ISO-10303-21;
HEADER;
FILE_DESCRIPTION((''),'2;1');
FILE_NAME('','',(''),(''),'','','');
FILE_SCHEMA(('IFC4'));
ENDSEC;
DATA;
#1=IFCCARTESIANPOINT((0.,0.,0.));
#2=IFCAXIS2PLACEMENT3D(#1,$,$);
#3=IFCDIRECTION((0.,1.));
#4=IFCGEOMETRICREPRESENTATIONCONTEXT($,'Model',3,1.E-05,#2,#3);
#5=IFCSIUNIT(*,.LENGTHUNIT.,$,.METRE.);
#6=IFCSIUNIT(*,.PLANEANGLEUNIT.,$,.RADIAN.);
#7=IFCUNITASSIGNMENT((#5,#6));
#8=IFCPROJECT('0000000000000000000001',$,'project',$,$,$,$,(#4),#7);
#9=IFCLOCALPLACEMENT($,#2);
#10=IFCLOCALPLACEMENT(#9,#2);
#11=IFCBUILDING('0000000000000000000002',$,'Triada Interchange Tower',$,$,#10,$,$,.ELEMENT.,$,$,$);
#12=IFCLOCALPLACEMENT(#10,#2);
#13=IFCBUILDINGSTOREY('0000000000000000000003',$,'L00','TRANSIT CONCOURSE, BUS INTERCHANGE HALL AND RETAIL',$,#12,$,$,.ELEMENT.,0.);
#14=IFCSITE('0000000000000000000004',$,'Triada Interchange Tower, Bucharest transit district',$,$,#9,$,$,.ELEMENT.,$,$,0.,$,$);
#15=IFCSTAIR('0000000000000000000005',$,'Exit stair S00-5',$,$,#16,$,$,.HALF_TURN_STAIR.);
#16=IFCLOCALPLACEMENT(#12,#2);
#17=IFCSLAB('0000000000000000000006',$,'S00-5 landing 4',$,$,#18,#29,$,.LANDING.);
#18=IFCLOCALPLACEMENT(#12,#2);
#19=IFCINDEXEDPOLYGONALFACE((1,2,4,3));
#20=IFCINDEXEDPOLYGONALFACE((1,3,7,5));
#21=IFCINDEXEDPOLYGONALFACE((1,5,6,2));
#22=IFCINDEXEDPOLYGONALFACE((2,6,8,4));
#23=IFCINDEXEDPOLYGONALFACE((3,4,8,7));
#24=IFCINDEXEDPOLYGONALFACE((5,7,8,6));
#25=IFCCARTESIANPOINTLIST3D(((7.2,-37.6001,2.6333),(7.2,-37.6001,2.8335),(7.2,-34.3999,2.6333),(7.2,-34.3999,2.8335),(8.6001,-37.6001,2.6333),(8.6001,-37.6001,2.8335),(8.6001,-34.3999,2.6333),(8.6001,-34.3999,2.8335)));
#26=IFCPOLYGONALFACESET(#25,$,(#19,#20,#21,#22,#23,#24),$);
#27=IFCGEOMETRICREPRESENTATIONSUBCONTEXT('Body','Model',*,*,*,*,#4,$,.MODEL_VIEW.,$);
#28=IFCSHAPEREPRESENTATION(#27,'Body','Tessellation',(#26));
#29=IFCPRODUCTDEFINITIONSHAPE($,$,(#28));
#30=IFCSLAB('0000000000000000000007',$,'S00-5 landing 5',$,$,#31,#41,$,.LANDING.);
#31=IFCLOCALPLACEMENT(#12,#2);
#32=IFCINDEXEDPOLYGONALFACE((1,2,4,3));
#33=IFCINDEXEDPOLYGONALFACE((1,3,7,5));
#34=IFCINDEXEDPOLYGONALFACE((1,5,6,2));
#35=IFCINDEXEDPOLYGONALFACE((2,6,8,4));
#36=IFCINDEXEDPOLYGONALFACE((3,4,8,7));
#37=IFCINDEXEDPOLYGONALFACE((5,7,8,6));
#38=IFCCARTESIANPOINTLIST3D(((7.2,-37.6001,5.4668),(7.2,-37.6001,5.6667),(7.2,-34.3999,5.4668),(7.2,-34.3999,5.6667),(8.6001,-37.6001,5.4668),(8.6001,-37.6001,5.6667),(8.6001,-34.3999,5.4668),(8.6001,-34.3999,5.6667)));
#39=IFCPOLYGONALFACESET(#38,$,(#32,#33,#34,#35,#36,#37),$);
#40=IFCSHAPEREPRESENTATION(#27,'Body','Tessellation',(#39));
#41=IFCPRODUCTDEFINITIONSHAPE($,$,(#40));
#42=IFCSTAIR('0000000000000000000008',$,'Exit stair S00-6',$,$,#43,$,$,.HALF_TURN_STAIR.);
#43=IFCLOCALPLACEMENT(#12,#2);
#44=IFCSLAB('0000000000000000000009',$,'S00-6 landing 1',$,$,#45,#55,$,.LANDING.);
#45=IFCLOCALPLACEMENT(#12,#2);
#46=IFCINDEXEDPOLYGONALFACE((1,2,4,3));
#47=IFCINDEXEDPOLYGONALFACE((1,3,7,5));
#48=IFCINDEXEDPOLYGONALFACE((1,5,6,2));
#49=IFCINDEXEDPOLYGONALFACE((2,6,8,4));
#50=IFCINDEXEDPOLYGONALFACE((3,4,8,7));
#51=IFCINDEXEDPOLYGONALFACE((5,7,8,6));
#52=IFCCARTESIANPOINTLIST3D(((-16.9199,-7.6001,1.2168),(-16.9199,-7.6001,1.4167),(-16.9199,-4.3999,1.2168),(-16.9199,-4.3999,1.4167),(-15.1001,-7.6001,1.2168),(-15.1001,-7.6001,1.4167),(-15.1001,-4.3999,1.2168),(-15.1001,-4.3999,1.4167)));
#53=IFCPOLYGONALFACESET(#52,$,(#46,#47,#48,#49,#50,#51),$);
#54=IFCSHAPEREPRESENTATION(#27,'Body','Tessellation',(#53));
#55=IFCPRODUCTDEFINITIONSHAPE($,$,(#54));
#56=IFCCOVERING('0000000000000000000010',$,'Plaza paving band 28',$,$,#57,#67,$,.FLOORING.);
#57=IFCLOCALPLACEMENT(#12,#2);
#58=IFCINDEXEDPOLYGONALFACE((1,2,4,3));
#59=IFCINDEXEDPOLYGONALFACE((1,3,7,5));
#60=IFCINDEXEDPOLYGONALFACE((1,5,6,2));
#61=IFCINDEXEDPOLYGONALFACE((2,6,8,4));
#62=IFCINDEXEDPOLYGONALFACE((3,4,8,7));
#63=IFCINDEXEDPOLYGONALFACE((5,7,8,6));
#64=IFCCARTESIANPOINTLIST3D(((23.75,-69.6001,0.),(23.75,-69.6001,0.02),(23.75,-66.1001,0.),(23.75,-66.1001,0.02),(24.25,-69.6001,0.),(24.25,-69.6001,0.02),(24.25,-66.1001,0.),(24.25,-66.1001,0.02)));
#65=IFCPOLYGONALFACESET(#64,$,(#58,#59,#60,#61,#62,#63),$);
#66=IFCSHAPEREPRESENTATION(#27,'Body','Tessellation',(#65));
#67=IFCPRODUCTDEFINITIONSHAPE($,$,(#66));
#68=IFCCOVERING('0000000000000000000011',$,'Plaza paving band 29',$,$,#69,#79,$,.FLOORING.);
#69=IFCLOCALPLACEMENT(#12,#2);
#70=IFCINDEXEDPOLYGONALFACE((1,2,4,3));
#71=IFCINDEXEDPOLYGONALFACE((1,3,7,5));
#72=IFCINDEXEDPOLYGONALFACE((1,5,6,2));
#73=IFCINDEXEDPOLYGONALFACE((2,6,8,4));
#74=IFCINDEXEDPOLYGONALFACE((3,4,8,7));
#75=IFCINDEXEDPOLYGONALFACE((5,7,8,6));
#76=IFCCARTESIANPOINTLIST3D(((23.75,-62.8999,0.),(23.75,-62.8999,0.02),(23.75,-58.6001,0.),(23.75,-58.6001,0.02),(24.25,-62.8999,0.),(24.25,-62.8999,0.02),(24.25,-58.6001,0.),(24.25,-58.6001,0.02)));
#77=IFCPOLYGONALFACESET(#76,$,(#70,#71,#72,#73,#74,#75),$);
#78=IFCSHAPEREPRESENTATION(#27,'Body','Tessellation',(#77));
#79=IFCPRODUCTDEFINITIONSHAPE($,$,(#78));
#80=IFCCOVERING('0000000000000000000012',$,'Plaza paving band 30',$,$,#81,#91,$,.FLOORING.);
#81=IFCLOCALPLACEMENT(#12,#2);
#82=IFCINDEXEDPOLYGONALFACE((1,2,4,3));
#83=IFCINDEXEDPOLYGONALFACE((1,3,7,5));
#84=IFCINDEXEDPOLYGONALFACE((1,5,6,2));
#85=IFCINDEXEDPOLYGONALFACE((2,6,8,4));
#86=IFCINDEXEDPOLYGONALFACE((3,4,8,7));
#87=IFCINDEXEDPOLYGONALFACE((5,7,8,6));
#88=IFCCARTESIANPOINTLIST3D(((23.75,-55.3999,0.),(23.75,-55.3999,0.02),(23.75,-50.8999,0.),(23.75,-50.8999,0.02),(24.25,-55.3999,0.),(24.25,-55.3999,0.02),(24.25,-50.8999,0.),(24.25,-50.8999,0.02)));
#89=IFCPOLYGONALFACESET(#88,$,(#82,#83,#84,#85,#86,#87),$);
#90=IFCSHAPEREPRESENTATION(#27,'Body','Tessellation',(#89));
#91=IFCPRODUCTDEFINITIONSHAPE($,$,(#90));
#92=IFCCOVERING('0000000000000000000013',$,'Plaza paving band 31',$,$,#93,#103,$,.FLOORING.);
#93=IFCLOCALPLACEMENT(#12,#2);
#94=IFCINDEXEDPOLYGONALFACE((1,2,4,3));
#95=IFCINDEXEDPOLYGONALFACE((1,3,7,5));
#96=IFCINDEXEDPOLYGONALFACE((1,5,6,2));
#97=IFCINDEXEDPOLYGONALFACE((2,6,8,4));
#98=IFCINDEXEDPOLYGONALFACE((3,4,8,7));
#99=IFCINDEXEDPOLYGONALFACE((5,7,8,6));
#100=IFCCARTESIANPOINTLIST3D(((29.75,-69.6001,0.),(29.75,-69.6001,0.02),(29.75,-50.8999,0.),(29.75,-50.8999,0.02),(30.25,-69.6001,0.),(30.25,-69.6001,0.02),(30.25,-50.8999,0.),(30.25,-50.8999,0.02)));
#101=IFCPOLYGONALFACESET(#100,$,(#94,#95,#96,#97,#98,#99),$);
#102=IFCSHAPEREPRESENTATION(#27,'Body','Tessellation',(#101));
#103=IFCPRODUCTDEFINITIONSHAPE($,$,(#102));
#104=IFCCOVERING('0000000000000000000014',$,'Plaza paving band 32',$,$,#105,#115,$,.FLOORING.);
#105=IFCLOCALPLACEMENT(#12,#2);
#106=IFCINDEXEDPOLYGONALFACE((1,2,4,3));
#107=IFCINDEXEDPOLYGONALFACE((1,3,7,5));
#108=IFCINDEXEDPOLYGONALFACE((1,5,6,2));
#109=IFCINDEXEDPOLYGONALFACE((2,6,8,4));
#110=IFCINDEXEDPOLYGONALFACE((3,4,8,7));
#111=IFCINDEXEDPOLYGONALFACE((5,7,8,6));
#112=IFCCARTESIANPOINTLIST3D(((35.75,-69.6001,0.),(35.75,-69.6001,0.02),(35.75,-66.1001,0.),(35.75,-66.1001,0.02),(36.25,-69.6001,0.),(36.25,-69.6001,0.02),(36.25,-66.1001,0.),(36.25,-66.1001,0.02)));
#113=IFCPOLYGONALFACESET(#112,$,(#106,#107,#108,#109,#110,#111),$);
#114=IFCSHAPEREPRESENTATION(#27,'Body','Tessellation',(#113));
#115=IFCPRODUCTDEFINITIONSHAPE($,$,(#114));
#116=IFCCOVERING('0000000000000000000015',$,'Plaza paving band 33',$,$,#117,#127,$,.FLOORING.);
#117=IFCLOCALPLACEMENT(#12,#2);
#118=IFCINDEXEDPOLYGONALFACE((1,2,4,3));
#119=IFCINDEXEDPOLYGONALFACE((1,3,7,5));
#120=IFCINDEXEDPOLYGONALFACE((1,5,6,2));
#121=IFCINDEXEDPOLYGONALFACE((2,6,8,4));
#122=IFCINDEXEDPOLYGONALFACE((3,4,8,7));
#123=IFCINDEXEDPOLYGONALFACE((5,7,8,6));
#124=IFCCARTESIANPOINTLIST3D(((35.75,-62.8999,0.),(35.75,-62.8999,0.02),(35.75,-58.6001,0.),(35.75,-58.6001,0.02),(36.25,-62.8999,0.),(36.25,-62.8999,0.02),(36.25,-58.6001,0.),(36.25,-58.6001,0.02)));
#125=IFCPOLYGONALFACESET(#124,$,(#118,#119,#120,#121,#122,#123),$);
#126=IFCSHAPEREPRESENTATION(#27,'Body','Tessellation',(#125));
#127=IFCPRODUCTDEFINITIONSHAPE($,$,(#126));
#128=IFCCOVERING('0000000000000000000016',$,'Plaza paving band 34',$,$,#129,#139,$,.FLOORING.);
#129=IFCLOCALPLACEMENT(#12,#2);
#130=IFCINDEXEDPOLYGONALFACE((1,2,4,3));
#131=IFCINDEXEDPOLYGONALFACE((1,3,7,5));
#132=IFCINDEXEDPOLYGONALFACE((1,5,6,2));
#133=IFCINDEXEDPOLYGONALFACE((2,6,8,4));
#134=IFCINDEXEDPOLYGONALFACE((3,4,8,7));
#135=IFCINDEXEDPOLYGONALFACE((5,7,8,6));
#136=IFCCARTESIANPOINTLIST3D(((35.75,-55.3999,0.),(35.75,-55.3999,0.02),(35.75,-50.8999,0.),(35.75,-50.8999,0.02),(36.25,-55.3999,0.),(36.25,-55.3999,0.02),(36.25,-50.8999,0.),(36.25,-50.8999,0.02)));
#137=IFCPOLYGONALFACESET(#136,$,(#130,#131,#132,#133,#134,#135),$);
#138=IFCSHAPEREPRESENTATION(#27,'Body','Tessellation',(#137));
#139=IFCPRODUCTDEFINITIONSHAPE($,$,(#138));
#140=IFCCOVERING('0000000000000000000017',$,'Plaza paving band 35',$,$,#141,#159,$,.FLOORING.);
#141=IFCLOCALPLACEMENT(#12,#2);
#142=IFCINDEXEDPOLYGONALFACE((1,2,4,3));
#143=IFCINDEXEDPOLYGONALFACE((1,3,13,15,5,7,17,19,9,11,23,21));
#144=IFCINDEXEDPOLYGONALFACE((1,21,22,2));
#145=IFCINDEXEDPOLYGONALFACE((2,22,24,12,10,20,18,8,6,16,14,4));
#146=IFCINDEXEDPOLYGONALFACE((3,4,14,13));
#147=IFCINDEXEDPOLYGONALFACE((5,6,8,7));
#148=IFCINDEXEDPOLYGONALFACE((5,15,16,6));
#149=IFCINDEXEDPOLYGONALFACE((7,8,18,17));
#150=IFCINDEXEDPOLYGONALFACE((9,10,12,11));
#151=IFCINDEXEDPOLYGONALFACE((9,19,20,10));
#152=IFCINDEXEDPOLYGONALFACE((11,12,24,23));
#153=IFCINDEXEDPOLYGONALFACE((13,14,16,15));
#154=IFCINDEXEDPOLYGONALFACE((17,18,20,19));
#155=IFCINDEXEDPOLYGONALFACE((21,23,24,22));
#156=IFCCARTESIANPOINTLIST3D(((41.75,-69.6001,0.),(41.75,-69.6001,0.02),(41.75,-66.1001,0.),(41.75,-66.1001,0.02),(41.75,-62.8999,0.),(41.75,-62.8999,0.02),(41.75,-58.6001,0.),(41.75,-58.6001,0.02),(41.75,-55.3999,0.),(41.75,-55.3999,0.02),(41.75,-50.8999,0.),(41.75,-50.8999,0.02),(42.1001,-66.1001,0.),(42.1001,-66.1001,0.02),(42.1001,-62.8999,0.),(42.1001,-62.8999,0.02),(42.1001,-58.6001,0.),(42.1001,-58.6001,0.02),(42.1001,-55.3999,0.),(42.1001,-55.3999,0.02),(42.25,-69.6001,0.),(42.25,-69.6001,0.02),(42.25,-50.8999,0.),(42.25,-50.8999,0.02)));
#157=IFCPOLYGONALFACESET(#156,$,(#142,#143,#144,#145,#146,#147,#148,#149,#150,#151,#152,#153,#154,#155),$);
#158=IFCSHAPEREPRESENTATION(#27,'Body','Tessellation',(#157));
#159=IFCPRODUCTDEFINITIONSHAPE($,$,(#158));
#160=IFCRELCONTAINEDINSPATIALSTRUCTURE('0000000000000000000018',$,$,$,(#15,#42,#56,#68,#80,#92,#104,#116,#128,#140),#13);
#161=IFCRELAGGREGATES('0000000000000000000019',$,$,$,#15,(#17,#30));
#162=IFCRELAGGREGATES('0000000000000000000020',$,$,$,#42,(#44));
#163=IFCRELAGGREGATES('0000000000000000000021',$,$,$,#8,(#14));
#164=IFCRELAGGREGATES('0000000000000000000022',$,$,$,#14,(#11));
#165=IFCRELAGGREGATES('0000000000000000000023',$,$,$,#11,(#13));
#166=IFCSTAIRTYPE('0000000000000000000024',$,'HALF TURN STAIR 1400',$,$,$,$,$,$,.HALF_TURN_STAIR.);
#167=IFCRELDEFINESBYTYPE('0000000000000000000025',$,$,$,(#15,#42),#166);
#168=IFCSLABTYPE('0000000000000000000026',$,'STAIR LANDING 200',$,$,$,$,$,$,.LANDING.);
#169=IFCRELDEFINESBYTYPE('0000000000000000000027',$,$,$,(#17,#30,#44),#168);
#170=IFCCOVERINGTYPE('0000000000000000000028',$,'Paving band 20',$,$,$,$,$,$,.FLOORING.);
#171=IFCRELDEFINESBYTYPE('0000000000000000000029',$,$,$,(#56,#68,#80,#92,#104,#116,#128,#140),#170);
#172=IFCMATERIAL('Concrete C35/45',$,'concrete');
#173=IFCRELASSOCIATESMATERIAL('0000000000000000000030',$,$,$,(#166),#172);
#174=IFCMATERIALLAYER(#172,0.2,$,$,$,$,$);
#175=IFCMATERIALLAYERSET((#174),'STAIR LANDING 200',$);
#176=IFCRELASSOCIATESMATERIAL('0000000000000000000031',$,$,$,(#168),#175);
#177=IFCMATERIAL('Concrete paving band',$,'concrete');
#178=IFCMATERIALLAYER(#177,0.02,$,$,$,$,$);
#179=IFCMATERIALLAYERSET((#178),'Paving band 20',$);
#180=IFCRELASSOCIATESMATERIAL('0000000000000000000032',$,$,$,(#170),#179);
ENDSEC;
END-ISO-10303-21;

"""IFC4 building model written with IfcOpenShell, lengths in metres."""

from ifc_helpers import new_model, si_unit, direction, frame, origin, place, context, subcontext, project, spatial, polyline, outline, extrude, material, layer, layer_set, type_object, element, aggregate, save


model = new_model("IFC4")

# Units and contexts
model_context = context("Model", 3, precision=1e-05, world=origin(), true_north=direction((0.0, 1.0)))
body_context = subcontext(model_context, "Body", "Model", "MODEL_VIEW")
ifc_project = project(units=[si_unit("LENGTHUNIT", "METRE"), si_unit("PLANEANGLEUNIT", "RADIAN")], contexts=[model_context])

# Site, building, storey
site_placement = place(None, origin())
site = spatial("IfcSite", under=ifc_project, at=site_placement, Name="Triada Interchange Tower, Bucharest transit district", CompositionType="ELEMENT", RefElevation=0.0)
building_placement = place(site_placement, origin())
building = spatial("IfcBuilding", under=site, at=building_placement, Name="Triada Interchange Tower", CompositionType="ELEMENT")
storey_placement = place(building_placement, origin())
storey = spatial("IfcBuildingStorey", under=building, at=storey_placement, Name="L00", Description="TRANSIT CONCOURSE, BUS INTERCHANGE HALL AND RETAIL", CompositionType="ELEMENT", Elevation=0.0)

# Stair, slabs
ifc_material_1 = material(Name="Concrete C35/45", Category="concrete")
stair_type = type_object("IfcStairType", Name="HALF TURN STAIR 1400", PredefinedType="HALF_TURN_STAIR", material=ifc_material_1)
ifc_layer_1 = layer(ifc_material_1, 0.2)
ifc_layer_set_1 = layer_set([ifc_layer_1], Name="STAIR LANDING 200")
slab_type_1 = type_object("IfcSlabType", Name="STAIR LANDING 200", PredefinedType="LANDING", material=ifc_layer_set_1)
stair_1_placement = place(storey_placement, origin())
stair_1 = element("IfcStair", 1, at=stair_1_placement, inside=storey, type_object=stair_type, Name="Exit stair S00-5", PredefinedType="HALF_TURN_STAIR")
slab_1_placement = place(storey_placement, frame((0.0, 0.0, 2.6333)))
slab_1 = element("IfcSlab", 2, at=slab_1_placement, type_object=slab_type_1, Name="S00-5 landing 4", PredefinedType="LANDING", context=body_context, shape_type="SweptSolid", body=[
    extrude(outline(polyline([(8.6001, -34.3999), (7.2, -34.3999), (7.2, -37.6001), (8.6001, -37.6001), (8.6001, -34.3999)])), origin(), (0.0, 0.0, 1.0), 0.2002),
])
slab_2_placement = place(storey_placement, frame((0.0, 0.0, 5.4668)))
slab_2 = element("IfcSlab", 3, at=slab_2_placement, type_object=slab_type_1, Name="S00-5 landing 5", PredefinedType="LANDING", context=body_context, shape_type="SweptSolid", body=[
    extrude(outline(polyline([(8.6001, -34.3999), (7.2, -34.3999), (7.2, -37.6001), (8.6001, -37.6001), (8.6001, -34.3999)])), origin(), (0.0, 0.0, 1.0), 0.2),
])
aggregate(stair_1, [slab_1, slab_2])

# Stair, slab
stair_2_placement = place(storey_placement, origin())
stair_2 = element("IfcStair", 4, at=stair_2_placement, inside=storey, type_object=stair_type, Name="Exit stair S00-6", PredefinedType="HALF_TURN_STAIR")
slab_3_placement = place(storey_placement, frame((0.0, 0.0, 1.2168)))
slab_3 = element("IfcSlab", 5, at=slab_3_placement, type_object=slab_type_1, Name="S00-6 landing 1", PredefinedType="LANDING", context=body_context, shape_type="SweptSolid", body=[
    extrude(outline(polyline([(-15.1001, -4.3999), (-16.9199, -4.3999), (-16.9199, -7.6001), (-15.1001, -7.6001), (-15.1001, -4.3999)])), origin(), (0.0, 0.0, 1.0), 0.2),
])
aggregate(stair_2, [slab_3])

# Coverings
ifc_material_2 = material(Name="Concrete paving band", Category="concrete")
ifc_layer_2 = layer(ifc_material_2, 0.02)
ifc_layer_set_2 = layer_set([ifc_layer_2], Name="Paving band 20")
covering_type = type_object("IfcCoveringType", Name="Paving band 20", PredefinedType="FLOORING", material=ifc_layer_set_2)
covering_1_placement = place(storey_placement, origin())
element("IfcCovering", 6, at=covering_1_placement, inside=storey, type_object=covering_type, Name="Plaza paving band 28", PredefinedType="FLOORING", context=body_context, shape_type="SweptSolid", body=[
    extrude(outline(polyline([(24.25, -66.1001), (23.75, -66.1001), (23.75, -69.6001), (24.25, -69.6001), (24.25, -66.1001)])), origin(), (0.0, 0.0, 1.0), 0.02),
])
covering_2_placement = place(storey_placement, origin())
element("IfcCovering", 7, at=covering_2_placement, inside=storey, type_object=covering_type, Name="Plaza paving band 29", PredefinedType="FLOORING", context=body_context, shape_type="SweptSolid", body=[
    extrude(outline(polyline([(24.25, -58.6001), (23.75, -58.6001), (23.75, -62.8999), (24.25, -62.8999), (24.25, -58.6001)])), origin(), (0.0, 0.0, 1.0), 0.02),
])
covering_3_placement = place(storey_placement, origin())
element("IfcCovering", 8, at=covering_3_placement, inside=storey, type_object=covering_type, Name="Plaza paving band 30", PredefinedType="FLOORING", context=body_context, shape_type="SweptSolid", body=[
    extrude(outline(polyline([(23.75, -55.3999), (24.25, -55.3999), (24.25, -50.8999), (23.75, -50.8999), (23.75, -55.3999)])), origin(), (0.0, 0.0, 1.0), 0.02),
])
covering_4_placement = place(storey_placement, origin())
element("IfcCovering", 9, at=covering_4_placement, inside=storey, type_object=covering_type, Name="Plaza paving band 31", PredefinedType="FLOORING", context=body_context, shape_type="SweptSolid", body=[
    extrude(outline(polyline([(30.25, -69.6001), (30.25, -50.8999), (29.75, -50.8999), (29.75, -69.6001), (30.25, -69.6001)])), origin(), (0.0, 0.0, 1.0), 0.02),
])
covering_5_placement = place(storey_placement, origin())
element("IfcCovering", 10, at=covering_5_placement, inside=storey, type_object=covering_type, Name="Plaza paving band 32", PredefinedType="FLOORING", context=body_context, shape_type="SweptSolid", body=[
    extrude(outline(polyline([(36.25, -66.1001), (35.75, -66.1001), (35.75, -69.6001), (36.25, -69.6001), (36.25, -66.1001)])), origin(), (0.0, 0.0, 1.0), 0.02),
])
covering_6_placement = place(storey_placement, origin())
element("IfcCovering", 11, at=covering_6_placement, inside=storey, type_object=covering_type, Name="Plaza paving band 33", PredefinedType="FLOORING", context=body_context, shape_type="SweptSolid", body=[
    extrude(outline(polyline([(36.25, -58.6001), (35.75, -58.6001), (35.75, -62.8999), (36.25, -62.8999), (36.25, -58.6001)])), origin(), (0.0, 0.0, 1.0), 0.02),
])
covering_7_placement = place(storey_placement, origin())
element("IfcCovering", 12, at=covering_7_placement, inside=storey, type_object=covering_type, Name="Plaza paving band 34", PredefinedType="FLOORING", context=body_context, shape_type="SweptSolid", body=[
    extrude(outline(polyline([(35.75, -55.3999), (36.25, -55.3999), (36.25, -50.8999), (35.75, -50.8999), (35.75, -55.3999)])), origin(), (0.0, 0.0, 1.0), 0.02),
])
covering_8_placement = place(storey_placement, origin())
element("IfcCovering", 13, at=covering_8_placement, inside=storey, type_object=covering_type, Name="Plaza paving band 35", PredefinedType="FLOORING", context=body_context, shape_type="SweptSolid", body=[
    extrude(outline(polyline([(41.75, -55.3999), (42.1001, -55.3999), (42.1001, -58.6001), (41.75, -58.6001), (41.75, -62.8999), (42.1001, -62.8999), (42.1001, -66.1001), (41.75, -66.1001), (41.75, -69.6001), (42.25, -69.6001), (42.25, -50.8999), (41.75, -50.8999), (41.75, -55.3999)])), origin(), (0.0, 0.0, 1.0), 0.02),
])

save(model, "model.ifc")
